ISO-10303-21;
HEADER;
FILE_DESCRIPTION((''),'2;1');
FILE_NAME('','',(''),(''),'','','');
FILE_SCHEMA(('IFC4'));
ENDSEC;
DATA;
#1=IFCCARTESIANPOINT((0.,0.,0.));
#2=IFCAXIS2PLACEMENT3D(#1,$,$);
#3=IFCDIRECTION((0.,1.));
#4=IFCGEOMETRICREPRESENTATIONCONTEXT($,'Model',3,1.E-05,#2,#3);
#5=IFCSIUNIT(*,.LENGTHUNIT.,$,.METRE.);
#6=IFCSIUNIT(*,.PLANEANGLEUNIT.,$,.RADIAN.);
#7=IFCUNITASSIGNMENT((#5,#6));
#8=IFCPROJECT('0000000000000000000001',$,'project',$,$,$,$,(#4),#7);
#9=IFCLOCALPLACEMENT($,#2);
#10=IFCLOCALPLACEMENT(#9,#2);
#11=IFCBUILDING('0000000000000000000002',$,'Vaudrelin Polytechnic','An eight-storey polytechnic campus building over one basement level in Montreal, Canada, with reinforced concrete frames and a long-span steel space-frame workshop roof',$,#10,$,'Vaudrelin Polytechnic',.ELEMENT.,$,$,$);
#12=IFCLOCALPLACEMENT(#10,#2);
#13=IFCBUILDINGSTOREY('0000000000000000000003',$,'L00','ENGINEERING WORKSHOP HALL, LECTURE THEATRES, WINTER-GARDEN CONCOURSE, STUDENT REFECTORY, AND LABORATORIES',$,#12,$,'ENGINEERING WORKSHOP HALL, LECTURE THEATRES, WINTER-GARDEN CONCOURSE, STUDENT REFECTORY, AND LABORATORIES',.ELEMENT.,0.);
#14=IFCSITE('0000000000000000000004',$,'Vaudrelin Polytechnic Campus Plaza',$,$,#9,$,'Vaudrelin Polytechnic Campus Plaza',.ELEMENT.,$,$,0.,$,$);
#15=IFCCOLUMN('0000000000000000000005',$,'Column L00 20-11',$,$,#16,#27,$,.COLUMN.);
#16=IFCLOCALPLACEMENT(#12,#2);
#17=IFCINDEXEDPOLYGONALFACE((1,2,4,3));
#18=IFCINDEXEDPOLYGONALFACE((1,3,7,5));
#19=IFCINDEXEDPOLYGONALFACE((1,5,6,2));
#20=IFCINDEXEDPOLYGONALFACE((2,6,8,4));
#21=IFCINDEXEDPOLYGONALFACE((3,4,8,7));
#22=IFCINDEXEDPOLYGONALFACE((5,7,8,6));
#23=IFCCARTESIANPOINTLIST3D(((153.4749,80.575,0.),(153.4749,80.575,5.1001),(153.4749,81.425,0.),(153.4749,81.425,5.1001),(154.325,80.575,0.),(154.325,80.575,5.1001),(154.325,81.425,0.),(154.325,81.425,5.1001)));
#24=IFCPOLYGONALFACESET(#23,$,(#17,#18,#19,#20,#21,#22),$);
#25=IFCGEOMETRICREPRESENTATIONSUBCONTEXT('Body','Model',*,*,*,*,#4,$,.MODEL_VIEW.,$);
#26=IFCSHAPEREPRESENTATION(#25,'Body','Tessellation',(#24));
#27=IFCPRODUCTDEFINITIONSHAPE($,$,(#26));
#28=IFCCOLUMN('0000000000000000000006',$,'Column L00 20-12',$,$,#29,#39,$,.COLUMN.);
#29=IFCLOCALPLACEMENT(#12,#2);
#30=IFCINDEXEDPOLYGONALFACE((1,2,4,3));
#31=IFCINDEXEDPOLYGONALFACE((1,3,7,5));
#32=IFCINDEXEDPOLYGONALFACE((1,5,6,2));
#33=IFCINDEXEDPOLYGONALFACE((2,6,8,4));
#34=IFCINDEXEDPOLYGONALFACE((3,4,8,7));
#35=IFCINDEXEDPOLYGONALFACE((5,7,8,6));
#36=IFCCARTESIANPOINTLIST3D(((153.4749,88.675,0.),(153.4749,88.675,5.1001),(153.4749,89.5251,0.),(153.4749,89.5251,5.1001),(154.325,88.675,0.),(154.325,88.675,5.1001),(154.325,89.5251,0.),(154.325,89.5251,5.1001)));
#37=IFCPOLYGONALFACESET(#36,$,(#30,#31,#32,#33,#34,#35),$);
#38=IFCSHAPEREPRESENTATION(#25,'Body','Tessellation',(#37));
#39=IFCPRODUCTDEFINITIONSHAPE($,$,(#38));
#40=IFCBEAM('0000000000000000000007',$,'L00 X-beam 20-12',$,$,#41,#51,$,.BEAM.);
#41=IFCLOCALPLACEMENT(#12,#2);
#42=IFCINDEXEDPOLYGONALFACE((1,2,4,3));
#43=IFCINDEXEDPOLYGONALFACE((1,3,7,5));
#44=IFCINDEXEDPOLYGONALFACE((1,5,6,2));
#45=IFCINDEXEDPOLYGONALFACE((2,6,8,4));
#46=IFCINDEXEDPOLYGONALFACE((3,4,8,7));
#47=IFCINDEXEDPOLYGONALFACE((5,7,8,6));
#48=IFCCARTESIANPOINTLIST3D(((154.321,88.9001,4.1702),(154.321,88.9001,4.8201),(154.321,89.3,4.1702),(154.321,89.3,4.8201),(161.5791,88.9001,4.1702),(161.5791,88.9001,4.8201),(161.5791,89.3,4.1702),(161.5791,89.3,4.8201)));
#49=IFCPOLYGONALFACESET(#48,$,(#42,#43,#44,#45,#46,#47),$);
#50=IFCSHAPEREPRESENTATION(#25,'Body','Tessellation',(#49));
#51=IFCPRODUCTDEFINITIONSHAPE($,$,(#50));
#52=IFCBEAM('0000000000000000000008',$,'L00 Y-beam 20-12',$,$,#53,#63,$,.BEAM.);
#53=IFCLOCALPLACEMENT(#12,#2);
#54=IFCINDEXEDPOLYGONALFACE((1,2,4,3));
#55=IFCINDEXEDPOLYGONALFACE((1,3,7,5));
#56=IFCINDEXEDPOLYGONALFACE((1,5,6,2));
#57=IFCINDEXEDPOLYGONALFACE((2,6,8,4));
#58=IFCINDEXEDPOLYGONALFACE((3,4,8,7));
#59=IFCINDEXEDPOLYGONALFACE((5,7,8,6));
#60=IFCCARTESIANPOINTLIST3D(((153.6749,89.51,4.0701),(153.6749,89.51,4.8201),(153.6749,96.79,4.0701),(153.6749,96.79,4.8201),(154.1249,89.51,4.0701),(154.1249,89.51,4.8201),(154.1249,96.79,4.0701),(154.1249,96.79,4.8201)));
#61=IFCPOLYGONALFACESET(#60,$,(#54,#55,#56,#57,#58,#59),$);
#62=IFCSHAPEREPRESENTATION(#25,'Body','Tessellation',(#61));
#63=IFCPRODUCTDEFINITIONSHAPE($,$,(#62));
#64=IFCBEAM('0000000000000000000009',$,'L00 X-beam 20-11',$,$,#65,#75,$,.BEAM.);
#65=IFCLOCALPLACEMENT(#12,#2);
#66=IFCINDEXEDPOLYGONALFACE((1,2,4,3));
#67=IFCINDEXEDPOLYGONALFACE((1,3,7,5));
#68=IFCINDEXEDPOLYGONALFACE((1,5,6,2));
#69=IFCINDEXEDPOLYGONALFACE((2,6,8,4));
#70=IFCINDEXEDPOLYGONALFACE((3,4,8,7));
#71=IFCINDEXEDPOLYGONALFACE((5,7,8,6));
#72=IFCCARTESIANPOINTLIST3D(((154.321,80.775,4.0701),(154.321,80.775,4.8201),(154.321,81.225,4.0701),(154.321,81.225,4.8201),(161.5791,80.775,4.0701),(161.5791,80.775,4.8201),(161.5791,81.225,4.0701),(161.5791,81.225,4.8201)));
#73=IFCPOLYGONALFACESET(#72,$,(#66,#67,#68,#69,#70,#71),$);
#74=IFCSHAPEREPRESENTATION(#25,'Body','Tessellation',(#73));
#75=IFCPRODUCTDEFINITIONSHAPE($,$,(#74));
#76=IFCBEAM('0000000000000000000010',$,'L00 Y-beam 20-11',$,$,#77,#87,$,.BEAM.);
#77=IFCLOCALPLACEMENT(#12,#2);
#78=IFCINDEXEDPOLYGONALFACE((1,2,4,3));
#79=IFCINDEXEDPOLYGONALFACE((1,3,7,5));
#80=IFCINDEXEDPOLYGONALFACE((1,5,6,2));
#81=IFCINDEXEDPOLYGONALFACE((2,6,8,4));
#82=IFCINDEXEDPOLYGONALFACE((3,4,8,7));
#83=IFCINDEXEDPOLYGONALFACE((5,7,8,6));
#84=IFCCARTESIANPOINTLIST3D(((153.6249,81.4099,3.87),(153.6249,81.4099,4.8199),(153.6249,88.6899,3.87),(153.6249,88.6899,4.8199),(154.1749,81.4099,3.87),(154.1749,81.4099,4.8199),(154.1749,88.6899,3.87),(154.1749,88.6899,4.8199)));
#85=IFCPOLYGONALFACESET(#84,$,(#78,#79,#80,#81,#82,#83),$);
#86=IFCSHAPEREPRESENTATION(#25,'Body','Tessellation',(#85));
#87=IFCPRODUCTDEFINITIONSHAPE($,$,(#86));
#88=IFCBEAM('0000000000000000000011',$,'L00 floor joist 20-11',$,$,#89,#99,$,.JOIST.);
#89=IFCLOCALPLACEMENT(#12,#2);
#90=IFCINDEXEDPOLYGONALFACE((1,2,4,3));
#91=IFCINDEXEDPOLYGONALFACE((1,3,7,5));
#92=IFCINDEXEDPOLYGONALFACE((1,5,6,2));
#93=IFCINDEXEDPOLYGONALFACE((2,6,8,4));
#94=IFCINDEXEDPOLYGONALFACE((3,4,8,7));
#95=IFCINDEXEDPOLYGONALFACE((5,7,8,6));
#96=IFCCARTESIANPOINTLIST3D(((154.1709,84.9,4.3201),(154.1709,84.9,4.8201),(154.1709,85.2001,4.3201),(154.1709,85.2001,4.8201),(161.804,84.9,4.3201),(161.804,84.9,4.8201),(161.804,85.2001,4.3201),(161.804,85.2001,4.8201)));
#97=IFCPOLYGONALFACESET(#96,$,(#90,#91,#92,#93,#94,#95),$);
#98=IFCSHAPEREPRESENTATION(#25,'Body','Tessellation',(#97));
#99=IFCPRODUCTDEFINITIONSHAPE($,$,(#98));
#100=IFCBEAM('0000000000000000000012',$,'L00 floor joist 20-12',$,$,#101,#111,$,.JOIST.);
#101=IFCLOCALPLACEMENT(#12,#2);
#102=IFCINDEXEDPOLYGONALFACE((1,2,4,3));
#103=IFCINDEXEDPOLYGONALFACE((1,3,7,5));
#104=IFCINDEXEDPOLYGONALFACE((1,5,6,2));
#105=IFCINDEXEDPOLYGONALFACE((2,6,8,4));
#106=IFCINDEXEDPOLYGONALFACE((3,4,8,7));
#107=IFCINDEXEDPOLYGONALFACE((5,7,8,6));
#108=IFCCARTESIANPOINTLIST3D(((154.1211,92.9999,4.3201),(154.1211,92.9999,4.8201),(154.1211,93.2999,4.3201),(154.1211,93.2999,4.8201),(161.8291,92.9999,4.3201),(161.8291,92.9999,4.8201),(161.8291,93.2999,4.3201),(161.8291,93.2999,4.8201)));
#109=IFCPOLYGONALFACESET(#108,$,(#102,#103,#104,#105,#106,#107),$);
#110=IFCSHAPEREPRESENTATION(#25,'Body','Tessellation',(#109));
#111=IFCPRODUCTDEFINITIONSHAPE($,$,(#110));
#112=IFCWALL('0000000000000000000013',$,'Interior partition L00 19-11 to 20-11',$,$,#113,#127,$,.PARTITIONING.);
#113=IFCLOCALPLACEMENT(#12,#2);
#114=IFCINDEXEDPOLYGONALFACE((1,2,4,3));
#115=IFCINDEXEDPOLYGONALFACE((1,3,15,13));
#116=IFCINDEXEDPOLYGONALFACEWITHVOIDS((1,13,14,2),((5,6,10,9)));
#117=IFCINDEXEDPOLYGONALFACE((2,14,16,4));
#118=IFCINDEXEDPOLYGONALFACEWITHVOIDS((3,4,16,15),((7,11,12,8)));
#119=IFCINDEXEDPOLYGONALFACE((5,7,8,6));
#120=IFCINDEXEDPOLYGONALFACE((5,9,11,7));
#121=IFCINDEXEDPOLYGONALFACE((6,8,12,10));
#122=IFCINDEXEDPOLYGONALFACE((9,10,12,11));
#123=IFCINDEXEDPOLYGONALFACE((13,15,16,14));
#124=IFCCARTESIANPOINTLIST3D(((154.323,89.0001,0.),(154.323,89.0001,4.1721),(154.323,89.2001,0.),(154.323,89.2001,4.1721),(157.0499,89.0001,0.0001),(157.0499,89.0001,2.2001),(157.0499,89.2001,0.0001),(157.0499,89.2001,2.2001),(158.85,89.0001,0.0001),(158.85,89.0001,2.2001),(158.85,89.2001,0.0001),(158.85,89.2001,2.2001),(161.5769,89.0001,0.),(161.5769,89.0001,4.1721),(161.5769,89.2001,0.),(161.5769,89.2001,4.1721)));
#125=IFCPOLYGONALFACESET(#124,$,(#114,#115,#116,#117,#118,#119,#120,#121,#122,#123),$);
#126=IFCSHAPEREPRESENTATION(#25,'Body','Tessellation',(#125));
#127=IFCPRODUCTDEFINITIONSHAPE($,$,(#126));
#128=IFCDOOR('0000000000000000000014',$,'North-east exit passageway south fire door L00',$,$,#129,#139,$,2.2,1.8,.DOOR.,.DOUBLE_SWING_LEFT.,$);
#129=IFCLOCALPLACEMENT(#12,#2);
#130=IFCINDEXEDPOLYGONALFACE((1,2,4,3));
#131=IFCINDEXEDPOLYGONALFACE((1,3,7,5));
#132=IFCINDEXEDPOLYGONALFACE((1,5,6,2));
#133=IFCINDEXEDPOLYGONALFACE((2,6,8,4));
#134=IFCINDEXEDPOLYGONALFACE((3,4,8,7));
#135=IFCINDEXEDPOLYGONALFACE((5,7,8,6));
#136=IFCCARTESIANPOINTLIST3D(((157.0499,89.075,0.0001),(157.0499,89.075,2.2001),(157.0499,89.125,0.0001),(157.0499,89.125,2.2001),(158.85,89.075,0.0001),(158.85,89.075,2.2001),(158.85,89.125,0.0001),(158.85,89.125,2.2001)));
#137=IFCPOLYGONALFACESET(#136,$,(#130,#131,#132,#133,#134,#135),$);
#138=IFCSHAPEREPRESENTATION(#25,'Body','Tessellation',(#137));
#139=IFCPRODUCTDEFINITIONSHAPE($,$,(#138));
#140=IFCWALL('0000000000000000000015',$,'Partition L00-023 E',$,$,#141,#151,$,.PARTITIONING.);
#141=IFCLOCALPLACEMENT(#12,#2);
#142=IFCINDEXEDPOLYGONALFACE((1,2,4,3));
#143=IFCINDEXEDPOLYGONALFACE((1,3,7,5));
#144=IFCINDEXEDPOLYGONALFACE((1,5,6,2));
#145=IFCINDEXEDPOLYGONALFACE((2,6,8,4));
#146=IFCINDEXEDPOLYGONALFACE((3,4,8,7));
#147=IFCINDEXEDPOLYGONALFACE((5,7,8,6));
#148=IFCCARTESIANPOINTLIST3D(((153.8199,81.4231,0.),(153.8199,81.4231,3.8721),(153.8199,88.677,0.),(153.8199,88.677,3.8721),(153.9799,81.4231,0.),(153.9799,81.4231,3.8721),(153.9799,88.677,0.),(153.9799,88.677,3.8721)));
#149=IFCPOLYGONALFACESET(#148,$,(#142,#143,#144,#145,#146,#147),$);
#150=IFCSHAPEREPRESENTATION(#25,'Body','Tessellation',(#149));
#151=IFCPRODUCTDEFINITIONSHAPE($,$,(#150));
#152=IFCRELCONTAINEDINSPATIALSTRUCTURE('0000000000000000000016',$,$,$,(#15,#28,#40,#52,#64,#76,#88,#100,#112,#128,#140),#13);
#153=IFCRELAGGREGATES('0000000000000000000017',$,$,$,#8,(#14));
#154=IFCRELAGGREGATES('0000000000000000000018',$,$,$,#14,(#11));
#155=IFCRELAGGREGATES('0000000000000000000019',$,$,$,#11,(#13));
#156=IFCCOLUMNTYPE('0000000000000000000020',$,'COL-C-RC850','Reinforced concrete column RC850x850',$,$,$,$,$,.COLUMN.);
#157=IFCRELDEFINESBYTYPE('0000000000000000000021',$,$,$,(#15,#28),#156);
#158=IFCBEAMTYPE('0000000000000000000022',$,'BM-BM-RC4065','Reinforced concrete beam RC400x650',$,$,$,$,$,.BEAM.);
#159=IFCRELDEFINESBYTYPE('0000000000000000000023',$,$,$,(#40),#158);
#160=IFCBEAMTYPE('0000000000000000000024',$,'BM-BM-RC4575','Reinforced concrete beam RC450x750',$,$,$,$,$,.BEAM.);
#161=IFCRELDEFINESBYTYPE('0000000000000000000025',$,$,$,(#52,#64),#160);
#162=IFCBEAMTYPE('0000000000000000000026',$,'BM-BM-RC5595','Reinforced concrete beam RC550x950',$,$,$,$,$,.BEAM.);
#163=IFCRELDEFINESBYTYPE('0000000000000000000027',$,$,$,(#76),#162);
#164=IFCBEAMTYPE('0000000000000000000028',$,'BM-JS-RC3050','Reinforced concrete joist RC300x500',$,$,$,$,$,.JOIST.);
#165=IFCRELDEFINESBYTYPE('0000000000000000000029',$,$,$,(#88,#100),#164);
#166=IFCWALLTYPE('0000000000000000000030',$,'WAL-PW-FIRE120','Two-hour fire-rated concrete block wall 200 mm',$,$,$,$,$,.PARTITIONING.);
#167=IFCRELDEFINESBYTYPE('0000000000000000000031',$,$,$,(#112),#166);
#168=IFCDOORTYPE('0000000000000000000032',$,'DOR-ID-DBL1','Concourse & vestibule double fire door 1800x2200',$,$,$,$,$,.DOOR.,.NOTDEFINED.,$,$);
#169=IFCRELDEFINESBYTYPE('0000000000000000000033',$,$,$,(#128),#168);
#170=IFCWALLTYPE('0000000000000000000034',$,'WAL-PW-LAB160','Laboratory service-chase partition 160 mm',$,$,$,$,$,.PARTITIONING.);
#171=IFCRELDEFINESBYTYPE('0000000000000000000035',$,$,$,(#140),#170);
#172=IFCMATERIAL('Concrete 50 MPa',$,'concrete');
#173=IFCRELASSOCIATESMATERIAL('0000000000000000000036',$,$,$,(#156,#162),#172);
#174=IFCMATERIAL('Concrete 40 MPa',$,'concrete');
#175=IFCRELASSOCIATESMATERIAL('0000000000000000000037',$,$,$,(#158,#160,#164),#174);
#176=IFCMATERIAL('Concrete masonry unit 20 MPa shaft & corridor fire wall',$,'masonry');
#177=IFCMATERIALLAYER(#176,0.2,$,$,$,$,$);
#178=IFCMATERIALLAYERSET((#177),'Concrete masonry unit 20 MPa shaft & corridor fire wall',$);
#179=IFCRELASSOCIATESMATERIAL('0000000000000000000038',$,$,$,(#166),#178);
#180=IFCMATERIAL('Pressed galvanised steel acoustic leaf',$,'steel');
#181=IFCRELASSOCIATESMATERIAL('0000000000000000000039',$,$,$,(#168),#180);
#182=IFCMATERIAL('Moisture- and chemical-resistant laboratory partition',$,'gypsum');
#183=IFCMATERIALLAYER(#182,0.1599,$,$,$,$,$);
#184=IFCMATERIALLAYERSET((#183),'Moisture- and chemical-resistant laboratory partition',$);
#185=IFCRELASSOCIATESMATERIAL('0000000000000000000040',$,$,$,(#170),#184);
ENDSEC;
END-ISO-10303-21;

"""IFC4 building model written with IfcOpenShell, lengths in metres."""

from ifc_helpers import new_model, si_unit, direction, frame, frame_2d, origin, origin_2d, place, context, subcontext, project, spatial, rectangle, extrude, material, layer, layer_set, material_profile, profile_set, type_object, element, fill, save


model = new_model("IFC4")

# Units and contexts
model_context = context("Model", 3, precision=1e-05, world=origin(), true_north=direction((0.0, 1.0)))
body_context = subcontext(model_context, "Body", "Model", "MODEL_VIEW")
ifc_project = project(units=[si_unit("LENGTHUNIT", "METRE"), si_unit("PLANEANGLEUNIT", "RADIAN")], contexts=[model_context])

# Site, building, storey
site_placement = place(None, origin())
site = spatial("IfcSite", under=ifc_project, at=site_placement, Name="Vaudrelin Polytechnic Campus Plaza", LongName="Vaudrelin Polytechnic Campus Plaza", CompositionType="ELEMENT", RefElevation=0.0)
building_placement = place(site_placement, origin())
building = spatial("IfcBuilding", under=site, at=building_placement, Name="Vaudrelin Polytechnic", Description="An eight-storey polytechnic campus building over one basement level in Montreal, Canada, with reinforced concrete frames and a long-span steel space-frame workshop roof", LongName="Vaudrelin Polytechnic", CompositionType="ELEMENT")
storey_placement = place(building_placement, origin())
storey = spatial("IfcBuildingStorey", under=building, at=storey_placement, Name="L00", Description="ENGINEERING WORKSHOP HALL, LECTURE THEATRES, WINTER-GARDEN CONCOURSE, STUDENT REFECTORY, AND LABORATORIES", LongName="ENGINEERING WORKSHOP HALL, LECTURE THEATRES, WINTER-GARDEN CONCOURSE, STUDENT REFECTORY, AND LABORATORIES", CompositionType="ELEMENT", Elevation=0.0)

# Columns
ifc_material_1 = material(Name="Concrete 50 MPa", Category="concrete")
ifc_material_profile_1 = material_profile(ifc_material_1, rectangle(XDim=0.8501, YDim=0.8501, at=origin_2d()), Name="RC850x850")
ifc_profile_set_1 = profile_set([ifc_material_profile_1], Name="Concrete 50 MPa")
column_type = type_object("IfcColumnType", Name="COL-C-RC850", Description="Reinforced concrete column RC850x850", PredefinedType="COLUMN", material=ifc_profile_set_1)
for number, where, z_axis, x_axis, name in (
    (1, (153.8999, 81.0, 0.0), (0.0, 0.0, 1.0), (1.0, 0.0, 0.0), "Column L00 20-11"),
    (2, (153.8999, 89.1001, 0.0), (0.0, 0.0, 1.0), (1.0, 0.0, 0.0), "Column L00 20-12"),
):
    element("IfcColumn", number, at=place(storey_placement, frame(where, z_axis=z_axis, x_axis=x_axis)), inside=storey, type_object=column_type, Name=name, PredefinedType="COLUMN", context=body_context, shape_type="SweptSolid", body=[
        extrude(rectangle(XDim=0.8501, YDim=0.8501, at=origin_2d()), origin(), (0.0, 0.0, 1.0), 5.1001),
    ])

# Beams
ifc_material_2 = material(Name="Concrete 40 MPa", Category="concrete")
ifc_material_profile_2 = material_profile(ifc_material_2, rectangle(XDim=0.3999, YDim=0.6499, at=origin_2d()), Name="RC400x650")
ifc_profile_set_2 = profile_set([ifc_material_profile_2], Name="Concrete 40 MPa")
beam_type_1 = type_object("IfcBeamType", Name="BM-BM-RC4065", Description="Reinforced concrete beam RC400x650", PredefinedType="BEAM", material=ifc_profile_set_2)
beam_1_placement = place(storey_placement, frame((154.321, 89.1001, 4.4951), z_axis=(1.0, 0.0, 0.0), x_axis=(0.0, 1.0, 0.0)))
element("IfcBeam", 3, at=beam_1_placement, inside=storey, type_object=beam_type_1, Name="L00 X-beam 20-12", PredefinedType="BEAM", context=body_context, shape_type="SweptSolid", body=[
    extrude(rectangle(XDim=0.3999, YDim=0.6499, at=origin_2d()), origin(), (0.0, 0.0, 1.0), 7.2581),
])
ifc_material_profile_3 = material_profile(ifc_material_2, rectangle(XDim=0.45, YDim=0.75, at=origin_2d()), Name="RC450x750")
ifc_profile_set_3 = profile_set([ifc_material_profile_3], Name="Concrete 40 MPa")
beam_type_2 = type_object("IfcBeamType", Name="BM-BM-RC4575", Description="Reinforced concrete beam RC450x750", PredefinedType="BEAM", material=ifc_profile_set_3)
beam_2_placement = place(storey_placement, frame((153.8999, 89.51, 4.4451), z_axis=(0.0, 1.0, 0.0), x_axis=(-1.0, 0.0, 0.0)))
element("IfcBeam", 4, at=beam_2_placement, inside=storey, type_object=beam_type_2, Name="L00 Y-beam 20-12", PredefinedType="BEAM", context=body_context, shape_type="SweptSolid", body=[
    extrude(rectangle(XDim=0.45, YDim=0.75, at=origin_2d()), origin(), (0.0, 0.0, 1.0), 7.28),
])
beam_3_placement = place(storey_placement, frame((154.321, 81.0, 4.4451), z_axis=(1.0, 0.0, 0.0), x_axis=(0.0, 1.0, 0.0)))
element("IfcBeam", 5, at=beam_3_placement, inside=storey, type_object=beam_type_2, Name="L00 X-beam 20-11", PredefinedType="BEAM", context=body_context, shape_type="SweptSolid", body=[
    extrude(rectangle(XDim=0.45, YDim=0.75, at=origin_2d()), origin(), (0.0, 0.0, 1.0), 7.2581),
])
ifc_material_profile_4 = material_profile(ifc_material_1, rectangle(XDim=0.55, YDim=0.95, at=origin_2d()), Name="RC550x950")
ifc_profile_set_4 = profile_set([ifc_material_profile_4], Name="Concrete 50 MPa")
beam_type_3 = type_object("IfcBeamType", Name="BM-BM-RC5595", Description="Reinforced concrete beam RC550x950", PredefinedType="BEAM", material=ifc_profile_set_4)
beam_4_placement = place(storey_placement, frame((153.8999, 81.4099, 4.345), z_axis=(0.0, 1.0, 0.0), x_axis=(-1.0, 0.0, 0.0)))
element("IfcBeam", 6, at=beam_4_placement, inside=storey, type_object=beam_type_3, Name="L00 Y-beam 20-11", PredefinedType="BEAM", context=body_context, shape_type="SweptSolid", body=[
    extrude(rectangle(XDim=0.55, YDim=0.95, at=origin_2d()), origin(), (0.0, 0.0, 1.0), 7.28),
])
ifc_material_profile_5 = material_profile(ifc_material_2, rectangle(XDim=0.3, YDim=0.5, at=origin_2d()), Name="RC300x500")
ifc_profile_set_5 = profile_set([ifc_material_profile_5], Name="Concrete 40 MPa")
beam_type_4 = type_object("IfcBeamType", Name="BM-JS-RC3050", Description="Reinforced concrete joist RC300x500", PredefinedType="JOIST", material=ifc_profile_set_5)
beam_5_placement = place(storey_placement, frame((154.1709, 85.05, 4.5701), z_axis=(1.0, 0.0, 0.0), x_axis=(0.0, 1.0, 0.0)))
element("IfcBeam", 7, at=beam_5_placement, inside=storey, type_object=beam_type_4, Name="L00 floor joist 20-11", PredefinedType="JOIST", context=body_context, shape_type="SweptSolid", body=[
    extrude(rectangle(XDim=0.3, YDim=0.5, at=origin_2d()), origin(), (0.0, 0.0, 1.0), 7.6331),
])
beam_6_placement = place(storey_placement, frame((154.1211, 93.1499, 4.5701), z_axis=(1.0, 0.0, 0.0), x_axis=(0.0, 1.0, 0.0)))
element("IfcBeam", 8, at=beam_6_placement, inside=storey, type_object=beam_type_4, Name="L00 floor joist 20-12", PredefinedType="JOIST", context=body_context, shape_type="SweptSolid", body=[
    extrude(rectangle(XDim=0.3, YDim=0.5, at=origin_2d()), origin(), (0.0, 0.0, 1.0), 7.708),
])

# Wall, opening, door
ifc_material_3 = material(Name="Concrete masonry unit 20 MPa shaft & corridor fire wall", Category="masonry")
ifc_layer_1 = layer(ifc_material_3, 0.2)
ifc_layer_set_1 = layer_set([ifc_layer_1], Name="Concrete masonry unit 20 MPa shaft & corridor fire wall")
wall_type_1 = type_object("IfcWallType", Name="WAL-PW-FIRE120", Description="Two-hour fire-rated concrete block wall 200 mm", PredefinedType="PARTITIONING", material=ifc_layer_set_1)
wall_1_placement = place(storey_placement, frame((154.323, 89.1001, 0.0), z_axis=(0.0, 0.0, 1.0), x_axis=(1.0, 0.0, 0.0)))
wall_1 = element("IfcWall", 9, at=wall_1_placement, inside=storey, type_object=wall_type_1, Name="Interior partition L00 19-11 to 20-11", PredefinedType="PARTITIONING", context=body_context, shape_type="SweptSolid", body=[
    extrude(rectangle(XDim=7.2539, YDim=0.2, at=frame_2d((3.627, 0.0))), origin(), (0.0, 0.0, 1.0), 4.1721),
])
opening_1_placement = place(wall_1_placement, frame((2.7271, 0.0, 0.0)))
opening_1 = element("IfcOpeningElement", 10, at=opening_1_placement, cuts=wall_1, PredefinedType="OPENING", context=body_context, shape_type="SweptSolid", body=[
    extrude(rectangle(XDim=1.8, YDim=2.2, at=frame_2d((0.8999, 1.1001))), frame((0.0, 0.1099, 0.0), z_axis=(0.0, -1.0, 0.0), x_axis=(1.0, 0.0, 0.0)), (0.0, 0.0, 1.0), 0.22),
])
ifc_material_4 = material(Name="Pressed galvanised steel acoustic leaf", Category="steel")
door_type_1 = type_object("IfcDoorType", Name="DOR-ID-DBL1", Description="Concourse & vestibule double fire door 1800x2200", OperationType="NOTDEFINED", PredefinedType="DOOR", material=ifc_material_4)
door_1_placement = place(opening_1_placement, origin())
door_1 = element("IfcDoor", 11, at=door_1_placement, inside=storey, type_object=door_type_1, Name="North-east exit passageway south fire door L00", OperationType="DOUBLE_SWING_LEFT", OverallHeight=2.2, OverallWidth=1.8, PredefinedType="DOOR", context=body_context, shape_type="SweptSolid", body=[
    extrude(rectangle(XDim=1.8, YDim=2.2, at=frame_2d((0.8999, 1.1001))), frame((0.0, 0.0249, 0.0), z_axis=(0.0, -1.0, 0.0), x_axis=(1.0, 0.0, 0.0)), (0.0, 0.0, 1.0), 0.05),
])
fill(opening_1, door_1)

# Wall
ifc_material_5 = material(Name="Moisture- and chemical-resistant laboratory partition", Category="gypsum")
ifc_layer_2 = layer(ifc_material_5, 0.1599)
ifc_layer_set_2 = layer_set([ifc_layer_2], Name="Moisture- and chemical-resistant laboratory partition")
wall_type_2 = type_object("IfcWallType", Name="WAL-PW-LAB160", Description="Laboratory service-chase partition 160 mm", PredefinedType="PARTITIONING", material=ifc_layer_set_2)
wall_2_placement = place(storey_placement, frame((153.8999, 81.4231, 0.0), z_axis=(0.0, 0.0, 1.0), x_axis=(0.0, 1.0, 0.0)))
element("IfcWall", 12, at=wall_2_placement, inside=storey, type_object=wall_type_2, Name="Partition L00-023 E", PredefinedType="PARTITIONING", context=body_context, shape_type="SweptSolid", body=[
    extrude(rectangle(XDim=7.2539, YDim=0.1599, at=frame_2d((3.627, 0.0))), origin(), (0.0, 0.0, 1.0), 3.8721),
])

save(model, "model.ifc")
